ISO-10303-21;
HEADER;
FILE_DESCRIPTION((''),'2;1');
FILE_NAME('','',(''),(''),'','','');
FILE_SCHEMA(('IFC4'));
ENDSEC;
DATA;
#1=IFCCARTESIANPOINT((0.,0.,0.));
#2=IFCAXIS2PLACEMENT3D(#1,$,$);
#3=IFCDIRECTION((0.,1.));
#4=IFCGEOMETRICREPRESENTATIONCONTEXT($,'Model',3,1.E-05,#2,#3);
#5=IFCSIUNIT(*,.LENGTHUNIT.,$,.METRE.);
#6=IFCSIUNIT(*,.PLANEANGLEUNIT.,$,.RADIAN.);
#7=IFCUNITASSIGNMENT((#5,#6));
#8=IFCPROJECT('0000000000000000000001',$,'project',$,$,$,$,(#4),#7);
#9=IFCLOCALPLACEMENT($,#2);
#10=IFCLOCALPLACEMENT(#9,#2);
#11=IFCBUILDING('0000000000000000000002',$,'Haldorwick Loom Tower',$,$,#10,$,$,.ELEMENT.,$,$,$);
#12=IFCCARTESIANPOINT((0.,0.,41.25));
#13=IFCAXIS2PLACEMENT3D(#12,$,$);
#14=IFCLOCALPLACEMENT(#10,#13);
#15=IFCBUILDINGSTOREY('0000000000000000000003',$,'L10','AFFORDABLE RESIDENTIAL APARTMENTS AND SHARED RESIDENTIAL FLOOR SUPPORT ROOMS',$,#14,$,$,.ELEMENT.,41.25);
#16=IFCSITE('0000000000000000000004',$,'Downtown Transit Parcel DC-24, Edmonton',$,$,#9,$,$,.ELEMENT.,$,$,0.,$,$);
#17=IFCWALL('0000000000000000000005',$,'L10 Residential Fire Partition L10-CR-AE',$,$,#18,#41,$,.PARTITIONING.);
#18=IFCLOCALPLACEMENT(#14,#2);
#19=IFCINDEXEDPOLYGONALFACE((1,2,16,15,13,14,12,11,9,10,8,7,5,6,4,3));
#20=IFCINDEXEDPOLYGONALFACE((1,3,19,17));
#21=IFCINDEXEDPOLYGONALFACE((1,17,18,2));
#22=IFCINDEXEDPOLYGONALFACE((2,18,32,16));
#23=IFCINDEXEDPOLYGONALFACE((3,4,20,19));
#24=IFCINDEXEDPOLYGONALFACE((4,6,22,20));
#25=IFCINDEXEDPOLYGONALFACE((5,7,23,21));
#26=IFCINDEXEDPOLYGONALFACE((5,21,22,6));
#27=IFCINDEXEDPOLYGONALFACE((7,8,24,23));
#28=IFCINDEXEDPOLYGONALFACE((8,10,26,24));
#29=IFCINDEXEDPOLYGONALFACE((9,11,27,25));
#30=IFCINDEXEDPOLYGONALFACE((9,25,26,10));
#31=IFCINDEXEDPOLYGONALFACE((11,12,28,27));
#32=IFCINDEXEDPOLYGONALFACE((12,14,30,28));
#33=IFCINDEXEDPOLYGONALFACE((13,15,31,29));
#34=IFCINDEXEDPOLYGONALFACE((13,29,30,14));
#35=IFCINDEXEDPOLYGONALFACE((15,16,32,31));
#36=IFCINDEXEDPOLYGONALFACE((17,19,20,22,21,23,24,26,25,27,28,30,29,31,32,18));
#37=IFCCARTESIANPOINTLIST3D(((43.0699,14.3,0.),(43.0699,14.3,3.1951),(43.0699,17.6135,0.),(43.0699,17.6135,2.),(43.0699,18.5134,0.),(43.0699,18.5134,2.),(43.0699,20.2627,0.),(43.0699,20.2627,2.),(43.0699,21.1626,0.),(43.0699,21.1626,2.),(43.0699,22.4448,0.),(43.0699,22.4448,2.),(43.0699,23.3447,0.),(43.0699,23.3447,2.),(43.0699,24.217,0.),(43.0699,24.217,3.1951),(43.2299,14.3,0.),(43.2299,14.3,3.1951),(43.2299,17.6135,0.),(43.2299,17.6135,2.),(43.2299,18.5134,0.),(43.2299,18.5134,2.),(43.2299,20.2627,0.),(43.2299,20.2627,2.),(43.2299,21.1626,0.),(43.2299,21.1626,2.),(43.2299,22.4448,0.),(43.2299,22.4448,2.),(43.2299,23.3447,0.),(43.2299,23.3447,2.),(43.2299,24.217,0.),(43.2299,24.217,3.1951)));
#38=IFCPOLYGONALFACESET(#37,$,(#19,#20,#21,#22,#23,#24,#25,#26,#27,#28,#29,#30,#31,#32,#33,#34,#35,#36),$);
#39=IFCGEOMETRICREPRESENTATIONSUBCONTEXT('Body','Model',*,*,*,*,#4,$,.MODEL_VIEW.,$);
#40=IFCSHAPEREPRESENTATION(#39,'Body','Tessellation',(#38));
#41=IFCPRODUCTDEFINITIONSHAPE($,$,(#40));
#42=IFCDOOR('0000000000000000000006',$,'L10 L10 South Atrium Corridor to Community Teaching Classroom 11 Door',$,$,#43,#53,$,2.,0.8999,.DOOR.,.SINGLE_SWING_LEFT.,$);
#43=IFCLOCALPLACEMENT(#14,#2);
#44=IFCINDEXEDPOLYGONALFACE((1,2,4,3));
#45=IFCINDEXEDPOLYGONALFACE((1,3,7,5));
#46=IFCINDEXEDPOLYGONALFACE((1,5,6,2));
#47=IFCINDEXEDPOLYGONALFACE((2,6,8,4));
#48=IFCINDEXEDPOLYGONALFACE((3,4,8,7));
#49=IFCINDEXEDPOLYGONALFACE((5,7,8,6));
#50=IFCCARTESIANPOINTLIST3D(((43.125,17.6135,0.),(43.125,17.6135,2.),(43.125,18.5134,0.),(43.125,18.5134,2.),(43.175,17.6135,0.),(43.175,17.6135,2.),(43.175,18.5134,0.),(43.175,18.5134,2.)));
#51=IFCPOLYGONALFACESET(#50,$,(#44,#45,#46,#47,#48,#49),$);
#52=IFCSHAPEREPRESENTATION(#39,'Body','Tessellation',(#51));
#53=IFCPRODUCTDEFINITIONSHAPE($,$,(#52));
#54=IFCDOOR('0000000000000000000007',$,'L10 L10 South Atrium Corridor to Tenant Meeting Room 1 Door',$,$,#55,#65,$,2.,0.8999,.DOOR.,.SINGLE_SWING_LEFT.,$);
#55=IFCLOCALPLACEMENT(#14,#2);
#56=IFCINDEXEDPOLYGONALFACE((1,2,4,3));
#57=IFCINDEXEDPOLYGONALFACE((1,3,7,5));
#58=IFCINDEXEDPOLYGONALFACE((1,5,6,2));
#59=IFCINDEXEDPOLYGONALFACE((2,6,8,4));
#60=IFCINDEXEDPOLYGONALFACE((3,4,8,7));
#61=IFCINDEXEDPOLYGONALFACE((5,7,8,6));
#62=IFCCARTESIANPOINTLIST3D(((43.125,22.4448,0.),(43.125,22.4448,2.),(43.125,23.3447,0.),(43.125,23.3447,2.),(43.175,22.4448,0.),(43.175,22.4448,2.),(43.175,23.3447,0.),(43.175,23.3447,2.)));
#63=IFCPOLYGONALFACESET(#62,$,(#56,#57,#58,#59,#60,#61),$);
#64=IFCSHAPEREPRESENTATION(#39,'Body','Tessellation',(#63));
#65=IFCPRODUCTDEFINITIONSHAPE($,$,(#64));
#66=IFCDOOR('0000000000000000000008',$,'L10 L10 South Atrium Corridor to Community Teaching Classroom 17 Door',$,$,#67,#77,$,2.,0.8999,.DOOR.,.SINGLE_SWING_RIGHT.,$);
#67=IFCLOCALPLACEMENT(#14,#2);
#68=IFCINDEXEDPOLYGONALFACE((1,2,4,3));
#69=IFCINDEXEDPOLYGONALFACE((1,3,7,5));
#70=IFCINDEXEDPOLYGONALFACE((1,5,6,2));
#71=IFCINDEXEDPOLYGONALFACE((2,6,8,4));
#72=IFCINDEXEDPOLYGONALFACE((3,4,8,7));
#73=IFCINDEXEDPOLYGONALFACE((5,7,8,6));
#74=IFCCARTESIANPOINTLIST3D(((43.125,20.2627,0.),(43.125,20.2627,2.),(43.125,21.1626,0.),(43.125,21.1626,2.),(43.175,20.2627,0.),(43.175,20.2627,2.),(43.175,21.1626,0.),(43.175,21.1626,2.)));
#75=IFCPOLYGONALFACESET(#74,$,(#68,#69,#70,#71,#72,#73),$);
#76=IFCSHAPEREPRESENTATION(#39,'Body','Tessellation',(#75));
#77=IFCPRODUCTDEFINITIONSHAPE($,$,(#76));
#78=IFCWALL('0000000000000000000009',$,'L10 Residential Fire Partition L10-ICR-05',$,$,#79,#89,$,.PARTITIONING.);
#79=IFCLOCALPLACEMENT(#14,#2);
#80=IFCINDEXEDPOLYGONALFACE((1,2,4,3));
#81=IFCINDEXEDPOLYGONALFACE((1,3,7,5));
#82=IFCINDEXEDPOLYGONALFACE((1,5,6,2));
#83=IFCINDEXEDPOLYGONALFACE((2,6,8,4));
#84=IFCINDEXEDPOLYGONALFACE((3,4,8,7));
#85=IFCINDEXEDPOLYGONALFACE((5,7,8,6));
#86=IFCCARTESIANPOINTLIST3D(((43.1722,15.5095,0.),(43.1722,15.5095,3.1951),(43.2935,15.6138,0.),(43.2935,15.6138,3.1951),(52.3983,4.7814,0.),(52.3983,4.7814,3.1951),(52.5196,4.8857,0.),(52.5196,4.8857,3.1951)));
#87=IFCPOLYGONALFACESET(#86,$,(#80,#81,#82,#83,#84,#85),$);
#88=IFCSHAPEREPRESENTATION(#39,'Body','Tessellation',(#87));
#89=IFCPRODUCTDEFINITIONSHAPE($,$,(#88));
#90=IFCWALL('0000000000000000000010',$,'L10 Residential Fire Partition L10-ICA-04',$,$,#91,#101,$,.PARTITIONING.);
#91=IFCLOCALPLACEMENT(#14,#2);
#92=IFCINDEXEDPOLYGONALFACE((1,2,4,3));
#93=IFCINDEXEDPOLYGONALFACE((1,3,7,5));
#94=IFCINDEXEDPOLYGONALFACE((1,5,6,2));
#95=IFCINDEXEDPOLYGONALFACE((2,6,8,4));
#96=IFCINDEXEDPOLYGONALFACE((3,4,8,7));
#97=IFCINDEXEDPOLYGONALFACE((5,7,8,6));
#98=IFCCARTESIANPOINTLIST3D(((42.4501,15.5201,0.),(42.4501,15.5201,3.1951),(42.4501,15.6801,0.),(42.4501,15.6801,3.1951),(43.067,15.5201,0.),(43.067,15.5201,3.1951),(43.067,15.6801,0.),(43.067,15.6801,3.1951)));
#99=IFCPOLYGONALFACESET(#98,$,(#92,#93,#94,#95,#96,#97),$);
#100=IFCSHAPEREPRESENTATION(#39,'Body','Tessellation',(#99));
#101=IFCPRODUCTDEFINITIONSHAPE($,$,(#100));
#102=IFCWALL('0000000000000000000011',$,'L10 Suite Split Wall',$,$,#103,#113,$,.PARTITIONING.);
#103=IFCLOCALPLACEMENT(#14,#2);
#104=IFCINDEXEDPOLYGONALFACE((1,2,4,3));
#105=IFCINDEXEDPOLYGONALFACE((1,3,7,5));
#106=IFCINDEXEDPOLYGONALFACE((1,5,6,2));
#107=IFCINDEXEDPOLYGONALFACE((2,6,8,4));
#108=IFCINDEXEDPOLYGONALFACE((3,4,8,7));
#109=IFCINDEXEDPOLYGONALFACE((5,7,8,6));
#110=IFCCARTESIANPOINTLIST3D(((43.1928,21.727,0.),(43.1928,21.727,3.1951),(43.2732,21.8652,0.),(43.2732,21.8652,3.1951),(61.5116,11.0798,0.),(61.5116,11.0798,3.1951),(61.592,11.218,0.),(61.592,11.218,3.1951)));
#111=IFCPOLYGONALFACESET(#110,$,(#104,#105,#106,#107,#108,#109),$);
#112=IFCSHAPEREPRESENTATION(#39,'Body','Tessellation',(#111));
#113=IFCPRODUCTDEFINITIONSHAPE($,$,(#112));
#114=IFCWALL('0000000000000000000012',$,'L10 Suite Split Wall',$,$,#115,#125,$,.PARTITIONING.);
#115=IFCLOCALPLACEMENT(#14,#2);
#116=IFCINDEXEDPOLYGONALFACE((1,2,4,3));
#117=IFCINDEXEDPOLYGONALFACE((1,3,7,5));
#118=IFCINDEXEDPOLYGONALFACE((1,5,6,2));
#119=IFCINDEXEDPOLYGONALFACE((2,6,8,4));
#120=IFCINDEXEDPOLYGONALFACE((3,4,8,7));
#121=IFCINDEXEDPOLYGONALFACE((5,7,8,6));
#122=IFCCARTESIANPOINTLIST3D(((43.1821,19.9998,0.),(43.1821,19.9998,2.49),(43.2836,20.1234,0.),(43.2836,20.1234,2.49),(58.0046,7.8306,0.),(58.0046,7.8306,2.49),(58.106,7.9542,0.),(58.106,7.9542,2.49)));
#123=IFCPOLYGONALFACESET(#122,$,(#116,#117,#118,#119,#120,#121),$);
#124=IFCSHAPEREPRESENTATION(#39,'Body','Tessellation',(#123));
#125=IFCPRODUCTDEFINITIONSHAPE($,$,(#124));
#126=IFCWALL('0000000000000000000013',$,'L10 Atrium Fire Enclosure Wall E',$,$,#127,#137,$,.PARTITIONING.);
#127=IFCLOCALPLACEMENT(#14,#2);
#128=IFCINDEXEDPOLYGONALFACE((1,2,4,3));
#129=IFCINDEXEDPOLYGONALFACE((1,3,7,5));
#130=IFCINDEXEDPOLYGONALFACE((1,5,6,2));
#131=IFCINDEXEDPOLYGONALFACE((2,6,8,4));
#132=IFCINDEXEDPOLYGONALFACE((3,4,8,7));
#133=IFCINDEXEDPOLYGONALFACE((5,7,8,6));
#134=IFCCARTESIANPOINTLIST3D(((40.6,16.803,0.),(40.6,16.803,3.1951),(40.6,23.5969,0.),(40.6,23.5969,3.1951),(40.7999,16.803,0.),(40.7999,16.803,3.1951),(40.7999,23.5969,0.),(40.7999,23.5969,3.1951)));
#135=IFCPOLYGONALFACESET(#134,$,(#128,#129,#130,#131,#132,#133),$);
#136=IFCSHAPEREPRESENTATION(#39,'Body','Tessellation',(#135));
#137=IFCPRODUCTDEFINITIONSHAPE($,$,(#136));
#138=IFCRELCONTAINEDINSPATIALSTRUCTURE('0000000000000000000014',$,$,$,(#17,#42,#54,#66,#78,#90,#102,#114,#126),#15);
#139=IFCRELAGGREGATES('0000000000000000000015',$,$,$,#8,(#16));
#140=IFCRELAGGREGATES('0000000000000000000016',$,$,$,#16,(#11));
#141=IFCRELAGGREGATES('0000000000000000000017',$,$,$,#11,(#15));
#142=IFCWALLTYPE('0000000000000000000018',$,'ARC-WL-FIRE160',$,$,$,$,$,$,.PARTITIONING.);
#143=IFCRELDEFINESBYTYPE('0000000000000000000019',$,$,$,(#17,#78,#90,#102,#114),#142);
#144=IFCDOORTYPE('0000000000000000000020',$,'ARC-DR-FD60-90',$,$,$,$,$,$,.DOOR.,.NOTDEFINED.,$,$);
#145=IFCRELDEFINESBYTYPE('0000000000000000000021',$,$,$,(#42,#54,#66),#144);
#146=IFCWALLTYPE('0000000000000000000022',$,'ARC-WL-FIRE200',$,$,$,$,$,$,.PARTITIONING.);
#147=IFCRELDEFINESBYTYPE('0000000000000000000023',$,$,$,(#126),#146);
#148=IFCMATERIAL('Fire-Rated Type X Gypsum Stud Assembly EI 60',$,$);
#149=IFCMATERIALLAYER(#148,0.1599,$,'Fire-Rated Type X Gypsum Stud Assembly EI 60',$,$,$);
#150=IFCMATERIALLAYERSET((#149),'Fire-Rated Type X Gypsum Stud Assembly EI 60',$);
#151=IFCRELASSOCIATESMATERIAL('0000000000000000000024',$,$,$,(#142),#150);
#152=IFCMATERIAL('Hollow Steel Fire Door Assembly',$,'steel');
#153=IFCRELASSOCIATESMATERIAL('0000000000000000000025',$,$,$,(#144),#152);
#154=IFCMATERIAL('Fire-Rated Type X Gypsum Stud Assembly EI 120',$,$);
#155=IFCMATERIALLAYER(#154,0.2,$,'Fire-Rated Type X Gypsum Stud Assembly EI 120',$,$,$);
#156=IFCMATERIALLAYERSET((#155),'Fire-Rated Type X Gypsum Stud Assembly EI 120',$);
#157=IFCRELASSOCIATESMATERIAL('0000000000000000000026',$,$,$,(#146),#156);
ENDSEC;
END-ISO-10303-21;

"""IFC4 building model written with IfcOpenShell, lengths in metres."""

from ifc_helpers import new_model, si_unit, direction, frame, frame_2d, origin, place, context, subcontext, project, spatial, rectangle, extrude, material, layer, layer_set, type_object, element, fill, save


model = new_model("IFC4")

# Units and contexts
model_context = context("Model", 3, precision=1e-05, world=origin(), true_north=direction((0.0, 1.0)))
body_context = subcontext(model_context, "Body", "Model", "MODEL_VIEW")
ifc_project = project(units=[si_unit("LENGTHUNIT", "METRE"), si_unit("PLANEANGLEUNIT", "RADIAN")], contexts=[model_context])

# Site, building, storey
site_placement = place(None, origin())
site = spatial("IfcSite", under=ifc_project, at=site_placement, Name="Downtown Transit Parcel DC-24, Edmonton", CompositionType="ELEMENT", RefElevation=0.0)
building_placement = place(site_placement, origin())
building = spatial("IfcBuilding", under=site, at=building_placement, Name="Haldorwick Loom Tower", CompositionType="ELEMENT")
storey_placement = place(building_placement, frame((0.0, 0.0, 41.25)))
storey = spatial("IfcBuildingStorey", under=building, at=storey_placement, Name="L10", Description="AFFORDABLE RESIDENTIAL APARTMENTS AND SHARED RESIDENTIAL FLOOR SUPPORT ROOMS", CompositionType="ELEMENT", Elevation=41.25)

# Wall, openings, doors
ifc_material_1 = material(Name="Fire-Rated Type X Gypsum Stud Assembly EI 60")
ifc_layer_1 = layer(ifc_material_1, 0.1599, Name="Fire-Rated Type X Gypsum Stud Assembly EI 60")
ifc_layer_set_1 = layer_set([ifc_layer_1], Name="Fire-Rated Type X Gypsum Stud Assembly EI 60")
wall_type_1 = type_object("IfcWallType", Name="ARC-WL-FIRE160", PredefinedType="PARTITIONING", material=ifc_layer_set_1)
wall_1_placement = place(storey_placement, frame((43.1499, 14.3, 0.0), z_axis=(0.0, 0.0, 1.0), x_axis=(0.0, 1.0, 0.0)))
wall_1 = element("IfcWall", 1, at=wall_1_placement, inside=storey, type_object=wall_type_1, Name="L10 Residential Fire Partition L10-CR-AE", PredefinedType="PARTITIONING", context=body_context, shape_type="SweptSolid", body=[
    extrude(rectangle(XDim=9.917, YDim=0.1599, at=frame_2d((4.9585, 0.0))), origin(), (0.0, 0.0, 1.0), 3.1951),
])
opening_1_placement = place(wall_1_placement, frame((3.3135, 0.0, 0.0)))
opening_1 = element("IfcOpeningElement", 2, at=opening_1_placement, cuts=wall_1, PredefinedType="OPENING", context=body_context, shape_type="SweptSolid", body=[
    extrude(rectangle(XDim=0.8999, YDim=2.0, at=frame_2d((0.45, 1.0))), frame((0.0, 0.0898, 0.0), z_axis=(0.0, -1.0, 0.0), x_axis=(1.0, 0.0, 0.0)), (0.0, 0.0, 1.0), 0.1799),
])
opening_2_placement = place(wall_1_placement, frame((8.1448, 0.0, 0.0)))
opening_2 = element("IfcOpeningElement", 3, at=opening_2_placement, cuts=wall_1, PredefinedType="OPENING", context=body_context, shape_type="SweptSolid", body=[
    extrude(rectangle(XDim=0.8999, YDim=2.0, at=frame_2d((0.45, 1.0))), frame((0.0, 0.0898, 0.0), z_axis=(0.0, -1.0, 0.0), x_axis=(1.0, 0.0, 0.0)), (0.0, 0.0, 1.0), 0.1799),
])
opening_3_placement = place(wall_1_placement, frame((5.9626, 0.0, 0.0)))
opening_3 = element("IfcOpeningElement", 4, at=opening_3_placement, cuts=wall_1, PredefinedType="OPENING", context=body_context, shape_type="SweptSolid", body=[
    extrude(rectangle(XDim=0.8999, YDim=2.0, at=frame_2d((0.45, 1.0))), frame((0.0, 0.0898, 0.0), z_axis=(0.0, -1.0, 0.0), x_axis=(1.0, 0.0, 0.0)), (0.0, 0.0, 1.0), 0.1799),
])
ifc_material_2 = material(Name="Hollow Steel Fire Door Assembly", Category="steel")
door_type = type_object("IfcDoorType", Name="ARC-DR-FD60-90", OperationType="NOTDEFINED", PredefinedType="DOOR", material=ifc_material_2)
door_1_placement = place(opening_1_placement, origin())
door_1 = element("IfcDoor", 5, at=door_1_placement, inside=storey, type_object=door_type, Name="L10 L10 South Atrium Corridor to Community Teaching Classroom 11 Door", OperationType="SINGLE_SWING_LEFT", OverallHeight=2.0, OverallWidth=0.8999, PredefinedType="DOOR", context=body_context, shape_type="SweptSolid", body=[
    extrude(rectangle(XDim=0.8999, YDim=2.0, at=frame_2d((0.45, 1.0))), frame((0.0, 0.0249, 0.0), z_axis=(0.0, -1.0, 0.0), x_axis=(1.0, 0.0, 0.0)), (0.0, 0.0, 1.0), 0.05),
])
fill(opening_1, door_1)
door_2_placement = place(opening_2_placement, origin())
door_2 = element("IfcDoor", 6, at=door_2_placement, inside=storey, type_object=door_type, Name="L10 L10 South Atrium Corridor to Tenant Meeting Room 1 Door", OperationType="SINGLE_SWING_LEFT", OverallHeight=2.0, OverallWidth=0.8999, PredefinedType="DOOR", context=body_context, shape_type="SweptSolid", body=[
    extrude(rectangle(XDim=0.8999, YDim=2.0, at=frame_2d((0.45, 1.0))), frame((0.0, 0.0249, 0.0), z_axis=(0.0, -1.0, 0.0), x_axis=(1.0, 0.0, 0.0)), (0.0, 0.0, 1.0), 0.05),
])
fill(opening_2, door_2)
door_3_placement = place(opening_3_placement, origin())
door_3 = element("IfcDoor", 7, at=door_3_placement, inside=storey, type_object=door_type, Name="L10 L10 South Atrium Corridor to Community Teaching Classroom 17 Door", OperationType="SINGLE_SWING_RIGHT", OverallHeight=2.0, OverallWidth=0.8999, PredefinedType="DOOR", context=body_context, shape_type="SweptSolid", body=[
    extrude(rectangle(XDim=0.8999, YDim=2.0, at=frame_2d((0.45, 1.0))), frame((0.0, 0.0249, 0.0), z_axis=(0.0, -1.0, 0.0), x_axis=(1.0, 0.0, 0.0)), (0.0, 0.0, 1.0), 0.05),
])
fill(opening_3, door_3)

# Walls
wall_2_placement = place(storey_placement, frame((43.2329, 15.5615, 0.0), z_axis=(0.0, 0.0, 1.0), x_axis=(0.652038, -0.758186, 0.0)))
element("IfcWall", 8, at=wall_2_placement, inside=storey, type_object=wall_type_1, Name="L10 Residential Fire Partition L10-ICR-05", PredefinedType="PARTITIONING", context=body_context, shape_type="SweptSolid", body=[
    extrude(rectangle(XDim=14.1497, YDim=0.1599, at=frame_2d((7.0747, 0.0))), origin(), (0.0, 0.0, 1.0), 3.1951),
])
wall_3_placement = place(storey_placement, frame((42.45, 15.6001, 0.0), z_axis=(0.0, 0.0, 1.0), x_axis=(1.0, 0.0, 0.0)))
element("IfcWall", 9, at=wall_3_placement, inside=storey, type_object=wall_type_1, Name="L10 Residential Fire Partition L10-ICA-04", PredefinedType="PARTITIONING", context=body_context, shape_type="SweptSolid", body=[
    extrude(rectangle(XDim=0.6169, YDim=0.1599, at=frame_2d((0.3086, 0.0))), origin(), (0.0, 0.0, 1.0), 3.1951),
])
wall_4_placement = place(storey_placement, frame((43.2329, 21.7961, 0.0), z_axis=(0.0, 0.0, 1.0), x_axis=(0.864574, -0.502505, 0.0)))
element("IfcWall", 10, at=wall_4_placement, inside=storey, type_object=wall_type_1, Name="L10 Suite Split Wall", PredefinedType="PARTITIONING", context=body_context, shape_type="SweptSolid", body=[
    extrude(rectangle(XDim=21.1882, YDim=0.1599, at=frame_2d((10.5942, 0.0))), origin(), (0.0, 0.0, 1.0), 3.1951),
])
wall_5_placement = place(storey_placement, frame((43.2329, 20.0615, 0.0), z_axis=(0.0, 0.0, 1.0), x_axis=(0.772891, -0.634539, 0.0)))
element("IfcWall", 11, at=wall_5_placement, inside=storey, type_object=wall_type_1, Name="L10 Suite Split Wall", PredefinedType="PARTITIONING", context=body_context, shape_type="SweptSolid", body=[
    extrude(rectangle(XDim=19.178, YDim=0.1599, at=frame_2d((9.5889, 0.0))), origin(), (0.0, 0.0, 1.0), 2.49),
])
ifc_material_3 = material(Name="Fire-Rated Type X Gypsum Stud Assembly EI 120")
ifc_layer_2 = layer(ifc_material_3, 0.2, Name="Fire-Rated Type X Gypsum Stud Assembly EI 120")
ifc_layer_set_2 = layer_set([ifc_layer_2], Name="Fire-Rated Type X Gypsum Stud Assembly EI 120")
wall_type_2 = type_object("IfcWallType", Name="ARC-WL-FIRE200", PredefinedType="PARTITIONING", material=ifc_layer_set_2)
wall_6_placement = place(storey_placement, frame((40.7, 23.5969, 0.0), z_axis=(0.0, 0.0, 1.0), x_axis=(0.0, -1.0, 0.0)))
element("IfcWall", 12, at=wall_6_placement, inside=storey, type_object=wall_type_2, Name="L10 Atrium Fire Enclosure Wall E", PredefinedType="PARTITIONING", context=body_context, shape_type="SweptSolid", body=[
    extrude(rectangle(XDim=6.7939, YDim=0.2, at=frame_2d((3.397, 0.0))), origin(), (0.0, 0.0, 1.0), 3.1951),
])

save(model, "model.ifc")
